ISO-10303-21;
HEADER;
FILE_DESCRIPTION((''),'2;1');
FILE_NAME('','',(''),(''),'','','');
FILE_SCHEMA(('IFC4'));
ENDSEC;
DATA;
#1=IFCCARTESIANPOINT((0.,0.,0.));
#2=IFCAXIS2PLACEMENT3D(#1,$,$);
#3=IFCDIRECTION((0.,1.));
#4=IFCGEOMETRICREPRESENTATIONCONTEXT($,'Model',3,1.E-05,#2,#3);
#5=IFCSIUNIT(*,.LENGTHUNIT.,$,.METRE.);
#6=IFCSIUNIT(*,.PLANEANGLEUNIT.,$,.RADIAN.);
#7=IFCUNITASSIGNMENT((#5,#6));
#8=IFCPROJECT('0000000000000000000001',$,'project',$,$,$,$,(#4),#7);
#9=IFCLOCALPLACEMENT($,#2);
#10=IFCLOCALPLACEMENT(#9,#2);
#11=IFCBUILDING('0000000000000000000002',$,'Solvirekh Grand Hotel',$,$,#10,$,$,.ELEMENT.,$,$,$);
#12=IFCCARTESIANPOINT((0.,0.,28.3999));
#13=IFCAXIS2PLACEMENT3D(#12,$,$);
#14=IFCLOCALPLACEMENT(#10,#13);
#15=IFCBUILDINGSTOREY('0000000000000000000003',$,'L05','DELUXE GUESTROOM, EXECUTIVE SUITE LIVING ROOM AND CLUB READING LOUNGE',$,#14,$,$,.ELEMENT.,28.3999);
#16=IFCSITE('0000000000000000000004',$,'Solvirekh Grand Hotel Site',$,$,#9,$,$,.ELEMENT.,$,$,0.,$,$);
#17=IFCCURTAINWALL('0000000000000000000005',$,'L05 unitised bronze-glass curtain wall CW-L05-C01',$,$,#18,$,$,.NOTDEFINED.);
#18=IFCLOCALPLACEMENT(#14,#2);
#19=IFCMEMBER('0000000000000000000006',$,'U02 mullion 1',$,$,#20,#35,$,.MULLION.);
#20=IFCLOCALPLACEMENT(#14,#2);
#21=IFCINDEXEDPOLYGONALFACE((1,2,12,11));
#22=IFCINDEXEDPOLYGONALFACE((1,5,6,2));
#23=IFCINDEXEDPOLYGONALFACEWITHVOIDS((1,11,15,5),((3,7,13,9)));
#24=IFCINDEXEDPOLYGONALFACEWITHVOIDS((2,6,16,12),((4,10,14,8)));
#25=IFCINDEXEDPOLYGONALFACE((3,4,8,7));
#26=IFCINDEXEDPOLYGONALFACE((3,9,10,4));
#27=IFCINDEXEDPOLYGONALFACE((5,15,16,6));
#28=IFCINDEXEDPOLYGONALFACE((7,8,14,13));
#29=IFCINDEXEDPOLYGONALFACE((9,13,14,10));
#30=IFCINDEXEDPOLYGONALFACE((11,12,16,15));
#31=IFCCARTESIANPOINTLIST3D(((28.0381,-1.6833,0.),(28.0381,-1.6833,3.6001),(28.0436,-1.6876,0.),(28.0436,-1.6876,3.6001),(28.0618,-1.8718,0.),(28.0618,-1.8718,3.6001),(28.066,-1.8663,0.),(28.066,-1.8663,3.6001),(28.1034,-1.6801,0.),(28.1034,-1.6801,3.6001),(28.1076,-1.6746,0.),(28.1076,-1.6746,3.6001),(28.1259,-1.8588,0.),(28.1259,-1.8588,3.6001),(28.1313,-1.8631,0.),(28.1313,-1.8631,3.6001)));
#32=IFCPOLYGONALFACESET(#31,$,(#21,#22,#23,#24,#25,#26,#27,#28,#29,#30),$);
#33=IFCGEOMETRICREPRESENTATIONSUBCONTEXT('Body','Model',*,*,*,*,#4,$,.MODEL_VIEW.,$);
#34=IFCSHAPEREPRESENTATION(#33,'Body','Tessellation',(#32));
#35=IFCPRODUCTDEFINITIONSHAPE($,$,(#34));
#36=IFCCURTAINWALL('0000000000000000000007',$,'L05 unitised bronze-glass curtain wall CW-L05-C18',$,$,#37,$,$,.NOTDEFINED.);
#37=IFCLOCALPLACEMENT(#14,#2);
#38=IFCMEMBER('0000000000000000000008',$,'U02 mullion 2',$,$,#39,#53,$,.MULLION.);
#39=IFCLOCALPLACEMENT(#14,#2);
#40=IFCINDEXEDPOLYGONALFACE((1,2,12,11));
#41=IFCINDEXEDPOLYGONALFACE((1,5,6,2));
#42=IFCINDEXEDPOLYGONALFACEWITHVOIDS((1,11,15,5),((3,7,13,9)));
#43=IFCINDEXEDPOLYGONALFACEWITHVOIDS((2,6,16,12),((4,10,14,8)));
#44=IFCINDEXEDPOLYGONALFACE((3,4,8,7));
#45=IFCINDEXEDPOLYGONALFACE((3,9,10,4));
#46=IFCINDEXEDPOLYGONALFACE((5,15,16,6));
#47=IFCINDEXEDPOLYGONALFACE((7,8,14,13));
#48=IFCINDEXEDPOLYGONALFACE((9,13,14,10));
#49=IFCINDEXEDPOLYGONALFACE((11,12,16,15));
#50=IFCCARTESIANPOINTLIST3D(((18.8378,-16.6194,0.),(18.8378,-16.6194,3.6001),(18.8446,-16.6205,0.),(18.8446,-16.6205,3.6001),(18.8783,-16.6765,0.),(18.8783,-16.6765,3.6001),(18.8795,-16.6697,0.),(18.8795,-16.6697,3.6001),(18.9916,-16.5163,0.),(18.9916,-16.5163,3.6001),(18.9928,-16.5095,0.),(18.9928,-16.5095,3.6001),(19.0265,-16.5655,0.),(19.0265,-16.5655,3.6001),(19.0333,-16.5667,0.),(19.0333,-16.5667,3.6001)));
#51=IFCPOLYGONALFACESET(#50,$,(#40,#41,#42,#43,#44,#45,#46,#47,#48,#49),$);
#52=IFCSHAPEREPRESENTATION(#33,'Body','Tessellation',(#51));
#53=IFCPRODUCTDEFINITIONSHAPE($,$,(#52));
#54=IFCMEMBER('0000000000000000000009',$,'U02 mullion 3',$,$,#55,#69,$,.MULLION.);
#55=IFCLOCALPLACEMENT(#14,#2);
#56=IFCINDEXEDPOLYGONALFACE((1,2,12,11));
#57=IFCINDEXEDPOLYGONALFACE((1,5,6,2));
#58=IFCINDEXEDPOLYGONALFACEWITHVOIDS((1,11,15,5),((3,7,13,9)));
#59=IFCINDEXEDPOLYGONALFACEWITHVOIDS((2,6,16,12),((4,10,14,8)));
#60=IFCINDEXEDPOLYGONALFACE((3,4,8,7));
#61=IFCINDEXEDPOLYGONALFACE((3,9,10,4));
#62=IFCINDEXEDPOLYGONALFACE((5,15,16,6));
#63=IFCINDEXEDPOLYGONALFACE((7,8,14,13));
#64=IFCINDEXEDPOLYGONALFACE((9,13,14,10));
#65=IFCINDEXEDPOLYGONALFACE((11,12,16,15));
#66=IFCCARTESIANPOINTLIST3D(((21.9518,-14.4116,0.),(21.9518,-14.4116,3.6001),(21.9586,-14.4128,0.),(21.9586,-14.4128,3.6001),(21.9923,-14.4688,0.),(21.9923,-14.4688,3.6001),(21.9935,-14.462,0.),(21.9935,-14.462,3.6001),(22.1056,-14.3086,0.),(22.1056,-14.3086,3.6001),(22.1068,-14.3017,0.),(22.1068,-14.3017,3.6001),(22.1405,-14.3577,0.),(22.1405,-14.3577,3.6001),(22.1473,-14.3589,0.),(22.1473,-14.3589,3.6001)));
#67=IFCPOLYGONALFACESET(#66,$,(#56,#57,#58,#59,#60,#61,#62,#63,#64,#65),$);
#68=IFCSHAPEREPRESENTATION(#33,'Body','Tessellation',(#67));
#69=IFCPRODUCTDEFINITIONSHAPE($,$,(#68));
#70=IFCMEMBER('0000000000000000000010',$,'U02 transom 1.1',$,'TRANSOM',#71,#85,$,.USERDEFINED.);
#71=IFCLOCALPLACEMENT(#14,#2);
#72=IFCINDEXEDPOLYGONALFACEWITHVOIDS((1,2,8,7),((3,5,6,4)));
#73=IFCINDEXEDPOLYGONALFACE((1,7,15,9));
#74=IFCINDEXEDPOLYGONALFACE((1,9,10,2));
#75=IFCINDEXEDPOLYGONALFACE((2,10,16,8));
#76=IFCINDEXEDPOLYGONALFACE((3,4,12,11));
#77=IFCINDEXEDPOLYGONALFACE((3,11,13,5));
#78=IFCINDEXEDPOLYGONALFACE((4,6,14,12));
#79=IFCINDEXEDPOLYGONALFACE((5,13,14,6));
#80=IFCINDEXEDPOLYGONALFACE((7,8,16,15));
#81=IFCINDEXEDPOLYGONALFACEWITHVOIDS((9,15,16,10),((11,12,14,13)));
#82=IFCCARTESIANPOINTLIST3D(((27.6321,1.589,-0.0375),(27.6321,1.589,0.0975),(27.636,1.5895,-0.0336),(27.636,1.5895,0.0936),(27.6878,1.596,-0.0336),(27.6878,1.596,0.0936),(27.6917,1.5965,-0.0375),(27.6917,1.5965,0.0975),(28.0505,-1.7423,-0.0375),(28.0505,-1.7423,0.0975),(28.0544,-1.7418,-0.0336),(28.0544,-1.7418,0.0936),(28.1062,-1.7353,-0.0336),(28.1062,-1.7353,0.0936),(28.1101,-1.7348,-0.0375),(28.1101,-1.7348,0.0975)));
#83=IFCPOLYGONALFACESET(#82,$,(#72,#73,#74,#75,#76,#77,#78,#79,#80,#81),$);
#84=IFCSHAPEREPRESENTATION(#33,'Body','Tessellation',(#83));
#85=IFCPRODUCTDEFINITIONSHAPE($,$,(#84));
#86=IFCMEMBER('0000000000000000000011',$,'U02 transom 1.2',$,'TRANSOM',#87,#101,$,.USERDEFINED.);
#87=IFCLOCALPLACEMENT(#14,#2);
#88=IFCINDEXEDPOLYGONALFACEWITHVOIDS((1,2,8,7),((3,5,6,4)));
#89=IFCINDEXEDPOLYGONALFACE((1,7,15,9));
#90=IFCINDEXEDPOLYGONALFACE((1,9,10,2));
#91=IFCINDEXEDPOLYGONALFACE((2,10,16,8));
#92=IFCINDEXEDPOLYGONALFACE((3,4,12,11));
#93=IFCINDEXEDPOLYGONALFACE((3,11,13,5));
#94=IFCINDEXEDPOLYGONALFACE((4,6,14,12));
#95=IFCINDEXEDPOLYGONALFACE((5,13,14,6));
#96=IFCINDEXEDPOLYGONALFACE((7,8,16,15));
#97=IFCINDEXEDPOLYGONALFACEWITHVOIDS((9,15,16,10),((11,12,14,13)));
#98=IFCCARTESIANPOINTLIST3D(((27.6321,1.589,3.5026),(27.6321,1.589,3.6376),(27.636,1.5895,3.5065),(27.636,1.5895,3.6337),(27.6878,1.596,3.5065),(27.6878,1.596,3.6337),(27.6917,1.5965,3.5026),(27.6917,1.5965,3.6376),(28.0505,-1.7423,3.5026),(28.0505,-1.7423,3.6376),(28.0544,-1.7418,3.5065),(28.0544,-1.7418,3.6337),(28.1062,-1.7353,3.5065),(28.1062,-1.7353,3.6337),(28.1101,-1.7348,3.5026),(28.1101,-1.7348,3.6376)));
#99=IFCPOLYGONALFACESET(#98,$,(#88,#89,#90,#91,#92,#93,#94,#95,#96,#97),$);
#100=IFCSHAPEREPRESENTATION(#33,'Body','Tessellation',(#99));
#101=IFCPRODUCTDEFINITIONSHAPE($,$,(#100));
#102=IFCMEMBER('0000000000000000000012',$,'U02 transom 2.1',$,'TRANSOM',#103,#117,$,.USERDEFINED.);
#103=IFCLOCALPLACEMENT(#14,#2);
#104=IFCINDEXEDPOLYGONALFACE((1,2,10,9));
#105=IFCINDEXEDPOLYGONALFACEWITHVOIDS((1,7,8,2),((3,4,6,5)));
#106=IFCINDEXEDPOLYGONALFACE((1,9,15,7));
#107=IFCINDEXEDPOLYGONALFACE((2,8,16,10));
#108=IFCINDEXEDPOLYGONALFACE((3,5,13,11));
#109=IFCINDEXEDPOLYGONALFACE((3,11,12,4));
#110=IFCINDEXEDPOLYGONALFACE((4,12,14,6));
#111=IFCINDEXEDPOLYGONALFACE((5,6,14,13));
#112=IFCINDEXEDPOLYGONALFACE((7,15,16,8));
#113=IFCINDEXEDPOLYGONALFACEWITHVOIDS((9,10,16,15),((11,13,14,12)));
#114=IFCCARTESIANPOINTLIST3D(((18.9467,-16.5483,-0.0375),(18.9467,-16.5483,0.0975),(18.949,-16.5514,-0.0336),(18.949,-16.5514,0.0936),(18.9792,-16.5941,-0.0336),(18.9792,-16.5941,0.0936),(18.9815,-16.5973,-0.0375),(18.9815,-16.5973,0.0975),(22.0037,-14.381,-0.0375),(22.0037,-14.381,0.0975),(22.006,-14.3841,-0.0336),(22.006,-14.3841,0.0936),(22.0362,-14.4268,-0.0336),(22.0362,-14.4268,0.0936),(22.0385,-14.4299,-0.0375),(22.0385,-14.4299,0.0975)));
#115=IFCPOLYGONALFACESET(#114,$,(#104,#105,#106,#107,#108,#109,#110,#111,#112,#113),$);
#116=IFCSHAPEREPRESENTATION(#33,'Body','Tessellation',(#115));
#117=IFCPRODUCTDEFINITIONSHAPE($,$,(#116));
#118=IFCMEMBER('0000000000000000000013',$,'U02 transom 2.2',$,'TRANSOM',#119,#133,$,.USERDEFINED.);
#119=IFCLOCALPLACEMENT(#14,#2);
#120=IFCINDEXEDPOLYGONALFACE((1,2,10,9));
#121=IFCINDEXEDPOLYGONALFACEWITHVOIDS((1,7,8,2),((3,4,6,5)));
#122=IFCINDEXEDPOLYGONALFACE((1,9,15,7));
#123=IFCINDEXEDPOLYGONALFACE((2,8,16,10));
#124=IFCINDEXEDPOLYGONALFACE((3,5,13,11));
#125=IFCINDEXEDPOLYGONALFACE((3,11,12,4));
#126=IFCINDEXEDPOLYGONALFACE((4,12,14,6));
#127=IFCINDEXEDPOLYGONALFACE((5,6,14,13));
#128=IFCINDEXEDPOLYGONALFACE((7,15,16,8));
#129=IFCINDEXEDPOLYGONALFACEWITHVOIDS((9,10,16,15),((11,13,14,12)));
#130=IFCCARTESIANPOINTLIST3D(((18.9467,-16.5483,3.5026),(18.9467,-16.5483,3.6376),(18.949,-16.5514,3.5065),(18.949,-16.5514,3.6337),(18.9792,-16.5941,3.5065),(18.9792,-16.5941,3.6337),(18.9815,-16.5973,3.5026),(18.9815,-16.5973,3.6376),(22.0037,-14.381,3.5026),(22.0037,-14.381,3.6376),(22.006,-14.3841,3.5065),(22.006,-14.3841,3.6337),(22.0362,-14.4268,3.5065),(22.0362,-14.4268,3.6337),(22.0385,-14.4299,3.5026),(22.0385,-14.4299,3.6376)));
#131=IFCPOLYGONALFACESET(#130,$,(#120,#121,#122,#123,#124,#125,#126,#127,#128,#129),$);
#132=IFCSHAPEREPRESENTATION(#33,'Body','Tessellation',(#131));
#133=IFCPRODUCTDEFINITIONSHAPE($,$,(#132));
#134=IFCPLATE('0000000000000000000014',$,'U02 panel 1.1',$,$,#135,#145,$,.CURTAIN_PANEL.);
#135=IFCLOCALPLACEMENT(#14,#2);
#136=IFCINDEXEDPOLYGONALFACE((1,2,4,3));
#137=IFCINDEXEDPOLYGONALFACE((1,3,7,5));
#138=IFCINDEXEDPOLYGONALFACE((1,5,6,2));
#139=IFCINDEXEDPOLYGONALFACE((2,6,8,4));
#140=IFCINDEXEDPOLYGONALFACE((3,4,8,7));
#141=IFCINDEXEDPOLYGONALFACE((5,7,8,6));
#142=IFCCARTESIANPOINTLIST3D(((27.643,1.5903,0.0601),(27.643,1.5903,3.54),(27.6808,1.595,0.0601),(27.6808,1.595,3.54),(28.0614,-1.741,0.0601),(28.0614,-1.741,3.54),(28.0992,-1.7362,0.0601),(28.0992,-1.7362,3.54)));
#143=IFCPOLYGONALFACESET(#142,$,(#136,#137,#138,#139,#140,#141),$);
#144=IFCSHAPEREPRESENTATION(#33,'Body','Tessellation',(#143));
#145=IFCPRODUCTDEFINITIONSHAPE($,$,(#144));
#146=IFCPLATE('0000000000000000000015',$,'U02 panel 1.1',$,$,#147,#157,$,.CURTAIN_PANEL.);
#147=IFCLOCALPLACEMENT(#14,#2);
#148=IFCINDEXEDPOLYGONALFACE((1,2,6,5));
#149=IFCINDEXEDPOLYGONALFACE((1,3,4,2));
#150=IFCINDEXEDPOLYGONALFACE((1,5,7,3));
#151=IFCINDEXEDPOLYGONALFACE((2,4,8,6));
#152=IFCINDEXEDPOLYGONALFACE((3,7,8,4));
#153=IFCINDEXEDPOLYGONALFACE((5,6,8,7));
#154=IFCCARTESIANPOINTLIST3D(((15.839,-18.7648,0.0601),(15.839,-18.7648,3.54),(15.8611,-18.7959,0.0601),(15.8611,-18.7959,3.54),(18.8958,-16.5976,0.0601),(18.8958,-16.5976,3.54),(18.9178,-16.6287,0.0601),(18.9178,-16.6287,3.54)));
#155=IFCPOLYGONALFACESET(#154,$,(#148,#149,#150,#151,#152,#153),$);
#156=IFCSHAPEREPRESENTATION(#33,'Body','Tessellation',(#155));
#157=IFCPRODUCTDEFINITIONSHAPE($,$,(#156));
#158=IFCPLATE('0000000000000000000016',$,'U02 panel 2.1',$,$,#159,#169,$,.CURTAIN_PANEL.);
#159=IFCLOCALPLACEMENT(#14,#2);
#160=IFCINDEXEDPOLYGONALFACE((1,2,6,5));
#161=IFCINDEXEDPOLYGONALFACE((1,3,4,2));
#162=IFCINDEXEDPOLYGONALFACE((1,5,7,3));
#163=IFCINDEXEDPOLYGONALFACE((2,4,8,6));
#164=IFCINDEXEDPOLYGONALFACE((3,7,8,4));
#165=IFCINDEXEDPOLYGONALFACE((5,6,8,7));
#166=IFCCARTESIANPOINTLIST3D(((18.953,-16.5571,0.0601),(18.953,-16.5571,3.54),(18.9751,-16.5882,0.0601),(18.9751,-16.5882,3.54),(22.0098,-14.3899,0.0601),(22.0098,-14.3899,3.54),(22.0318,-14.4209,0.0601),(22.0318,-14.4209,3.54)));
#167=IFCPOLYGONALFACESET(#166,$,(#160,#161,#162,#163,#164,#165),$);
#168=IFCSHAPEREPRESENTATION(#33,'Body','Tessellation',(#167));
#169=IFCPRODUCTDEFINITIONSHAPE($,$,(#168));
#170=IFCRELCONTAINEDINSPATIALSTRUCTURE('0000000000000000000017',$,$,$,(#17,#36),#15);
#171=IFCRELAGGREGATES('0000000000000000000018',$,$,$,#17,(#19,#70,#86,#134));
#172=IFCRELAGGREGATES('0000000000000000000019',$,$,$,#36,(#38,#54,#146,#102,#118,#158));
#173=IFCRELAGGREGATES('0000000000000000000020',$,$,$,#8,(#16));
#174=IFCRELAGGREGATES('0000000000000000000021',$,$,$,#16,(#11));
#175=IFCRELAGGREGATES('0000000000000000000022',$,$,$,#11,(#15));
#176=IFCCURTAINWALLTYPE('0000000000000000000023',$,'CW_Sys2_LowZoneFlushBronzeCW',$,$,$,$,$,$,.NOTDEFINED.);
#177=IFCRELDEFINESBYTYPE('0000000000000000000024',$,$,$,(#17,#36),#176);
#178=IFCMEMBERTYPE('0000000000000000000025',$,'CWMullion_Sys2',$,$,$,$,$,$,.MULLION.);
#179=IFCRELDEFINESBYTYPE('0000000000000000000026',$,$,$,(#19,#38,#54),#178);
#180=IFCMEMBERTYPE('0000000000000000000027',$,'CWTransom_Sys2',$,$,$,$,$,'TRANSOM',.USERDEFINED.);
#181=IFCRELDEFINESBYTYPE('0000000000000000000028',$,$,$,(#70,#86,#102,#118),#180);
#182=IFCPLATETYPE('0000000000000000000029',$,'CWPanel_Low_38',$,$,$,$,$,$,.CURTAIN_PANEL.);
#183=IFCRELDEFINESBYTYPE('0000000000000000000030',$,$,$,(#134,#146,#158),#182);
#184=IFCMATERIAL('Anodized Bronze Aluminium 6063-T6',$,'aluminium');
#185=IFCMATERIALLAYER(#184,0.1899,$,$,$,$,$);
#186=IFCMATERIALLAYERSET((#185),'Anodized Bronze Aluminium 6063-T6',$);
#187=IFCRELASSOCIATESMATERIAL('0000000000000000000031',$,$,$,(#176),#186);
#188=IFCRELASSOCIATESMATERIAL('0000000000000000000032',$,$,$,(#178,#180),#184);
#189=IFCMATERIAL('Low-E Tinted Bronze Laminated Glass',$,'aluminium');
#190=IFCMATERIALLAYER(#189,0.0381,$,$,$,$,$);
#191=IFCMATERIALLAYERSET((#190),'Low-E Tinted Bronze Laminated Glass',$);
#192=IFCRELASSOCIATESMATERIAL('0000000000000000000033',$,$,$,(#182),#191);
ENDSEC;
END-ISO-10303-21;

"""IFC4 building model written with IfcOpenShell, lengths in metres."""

from ifc_helpers import new_model, si_unit, direction, frame, origin, origin_2d, place, context, subcontext, project, spatial, rectangle, hollow_rectangle, extrude, source, transform, mapped, material, layer, layer_set, material_profile, profile_set, type_object, element, aggregate, save


model = new_model("IFC4")

# Units and contexts
model_context = context("Model", 3, precision=1e-05, world=origin(), true_north=direction((0.0, 1.0)))
body_context = subcontext(model_context, "Body", "Model", "MODEL_VIEW")
ifc_project = project(units=[si_unit("LENGTHUNIT", "METRE"), si_unit("PLANEANGLEUNIT", "RADIAN")], contexts=[model_context])

# Site, building, storey
site_placement = place(None, origin())
site = spatial("IfcSite", under=ifc_project, at=site_placement, Name="Solvirekh Grand Hotel Site", CompositionType="ELEMENT", RefElevation=0.0)
building_placement = place(site_placement, origin())
building = spatial("IfcBuilding", under=site, at=building_placement, Name="Solvirekh Grand Hotel", CompositionType="ELEMENT")
storey_placement = place(building_placement, frame((0.0, 0.0, 28.3999)))
storey = spatial("IfcBuildingStorey", under=building, at=storey_placement, Name="L05", Description="DELUXE GUESTROOM, EXECUTIVE SUITE LIVING ROOM AND CLUB READING LOUNGE", CompositionType="ELEMENT", Elevation=28.3999)

# Curtain wall, member
ifc_material_1 = material(Name="Anodized Bronze Aluminium 6063-T6", Category="aluminium")
ifc_layer_1 = layer(ifc_material_1, 0.1899)
ifc_layer_set_1 = layer_set([ifc_layer_1], Name="Anodized Bronze Aluminium 6063-T6")
curtain_wall_type = type_object("IfcCurtainWallType", Name="CW_Sys2_LowZoneFlushBronzeCW", PredefinedType="NOTDEFINED", material=ifc_layer_set_1)
curtain_wall_1_placement = place(storey_placement, origin())
curtain_wall_1 = element("IfcCurtainWall", 1, at=curtain_wall_1_placement, inside=storey, type_object=curtain_wall_type, Name="L05 unitised bronze-glass curtain wall CW-L05-C01", PredefinedType="NOTDEFINED")
ifc_material_profile_1 = material_profile(ifc_material_1, hollow_rectangle(XDim=0.0701, YDim=0.1899, WallThickness=0.0049, at=origin_2d()), Name="ALU RHS 190X70X5")
ifc_profile_set_1 = profile_set([ifc_material_profile_1], Name="Anodized Bronze Aluminium 6063-T6")
member_type_1 = type_object("IfcMemberType", Name="CWMullion_Sys2", PredefinedType="MULLION", material=ifc_profile_set_1)
shared_shape_1 = source(origin(), body_context, "Body", "SweptSolid", [
    extrude(hollow_rectangle(XDim=0.0701, YDim=0.1899, WallThickness=0.0049, at=origin_2d()), origin(), (0.0, 0.0, 1.0), 3.6001),
])
member_1_placement = place(storey_placement, frame((28.0847, -1.7732, 0.0), z_axis=(0.0, 0.0, 1.0), x_axis=(-0.992204, -0.124621, 0.0)))
member_1 = element("IfcMember", 2, at=member_1_placement, type_object=member_type_1, Name="U02 mullion 1", PredefinedType="MULLION", context=body_context, shape_type="MappedRepresentation", body=[
    mapped(shared_shape_1, transform((0.0, 0.0, 0.0), x_axis=(1.0, 0.0, 0.0), y_axis=(0.0, 1.0, 0.0), z_axis=(0.0, 0.0, 1.0), scale=1.0)),
])

# Curtain wall, members
curtain_wall_2_placement = place(storey_placement, origin())
curtain_wall_2 = element("IfcCurtainWall", 3, at=curtain_wall_2_placement, inside=storey, type_object=curtain_wall_type, Name="L05 unitised bronze-glass curtain wall CW-L05-C18", PredefinedType="NOTDEFINED")
member_2_placement = place(storey_placement, frame((18.9355, -16.593, 0.0), z_axis=(0.0, 0.0, 1.0), x_axis=(-0.578374, 0.815772, 0.0)))
member_2 = element("IfcMember", 4, at=member_2_placement, type_object=member_type_1, Name="U02 mullion 2", PredefinedType="MULLION", context=body_context, shape_type="MappedRepresentation", body=[
    mapped(shared_shape_1, transform((0.0, 0.0, 0.0), x_axis=(1.0, 0.0, 0.0), y_axis=(0.0, 1.0, 0.0), z_axis=(0.0, 0.0, 1.0), scale=1.0)),
])
member_3_placement = place(storey_placement, frame((22.0496, -14.3853, 0.0), z_axis=(0.0, 0.0, 1.0), x_axis=(-0.578374, 0.815772, 0.0)))
member_3 = element("IfcMember", 5, at=member_3_placement, type_object=member_type_1, Name="U02 mullion 3", PredefinedType="MULLION", context=body_context, shape_type="MappedRepresentation", body=[
    mapped(shared_shape_1, transform((0.0, 0.0, 0.0), x_axis=(1.0, 0.0, 0.0), y_axis=(0.0, 1.0, 0.0), z_axis=(0.0, 0.0, 1.0), scale=1.0)),
])

# Members
ifc_material_profile_2 = material_profile(ifc_material_1, hollow_rectangle(XDim=0.0601, YDim=0.135, WallThickness=0.0039, at=origin_2d()), Name="ALU RHS 135X60X4")
ifc_profile_set_2 = profile_set([ifc_material_profile_2], Name="Anodized Bronze Aluminium 6063-T6")
member_type_2 = type_object("IfcMemberType", Name="CWTransom_Sys2", ElementType="TRANSOM", PredefinedType="USERDEFINED", material=ifc_profile_set_2)
shared_shape_2 = source(origin(), body_context, "Body", "SweptSolid", [
    extrude(hollow_rectangle(XDim=0.0601, YDim=0.135, WallThickness=0.0039, at=origin_2d()), origin(), (0.0, 0.0, 1.0), 3.3574),
])
member_4_placement = place(storey_placement, frame((28.0803, -1.7385, 0.03), z_axis=(-0.124634, 0.992203, 0.0), x_axis=(-0.992203, -0.124634, 0.0)))
member_4 = element("IfcMember", 6, at=member_4_placement, type_object=member_type_2, Name="U02 transom 1.1", ObjectType="TRANSOM", PredefinedType="USERDEFINED", context=body_context, shape_type="MappedRepresentation", body=[
    mapped(shared_shape_2, transform((0.0, 0.0, 0.0), x_axis=(1.0, 0.0, 0.0), y_axis=(0.0, 1.0, 0.0), z_axis=(0.0, 0.0, 1.0), scale=1.0)),
])
member_5_placement = place(storey_placement, frame((28.0803, -1.7385, 3.5701), z_axis=(-0.124634, 0.992203, 0.0), x_axis=(-0.992203, -0.124634, 0.0)))
member_5 = element("IfcMember", 7, at=member_5_placement, type_object=member_type_2, Name="U02 transom 1.2", ObjectType="TRANSOM", PredefinedType="USERDEFINED", context=body_context, shape_type="MappedRepresentation", body=[
    mapped(shared_shape_2, transform((0.0, 0.0, 0.0), x_axis=(1.0, 0.0, 0.0), y_axis=(0.0, 1.0, 0.0), z_axis=(0.0, 0.0, 1.0), scale=1.0)),
])
shared_shape_3 = source(origin(), body_context, "Body", "SweptSolid", [
    extrude(hollow_rectangle(XDim=0.0601, YDim=0.135, WallThickness=0.0039, at=origin_2d()), origin(), (0.0, 0.0, 1.0), 3.7473),
])
member_6_placement = place(storey_placement, frame((18.9641, -16.5728, 0.03), z_axis=(0.81578, 0.578363, 0.0), x_axis=(-0.578363, 0.81578, 0.0)))
member_6 = element("IfcMember", 8, at=member_6_placement, type_object=member_type_2, Name="U02 transom 2.1", ObjectType="TRANSOM", PredefinedType="USERDEFINED", context=body_context, shape_type="MappedRepresentation", body=[
    mapped(shared_shape_3, transform((0.0, 0.0, 0.0), x_axis=(1.0, 0.0, 0.0), y_axis=(0.0, 1.0, 0.0), z_axis=(0.0, 0.0, 1.0), scale=1.0)),
])
member_7_placement = place(storey_placement, frame((18.9641, -16.5728, 3.5701), z_axis=(0.81578, 0.578363, 0.0), x_axis=(-0.578363, 0.81578, 0.0)))
member_7 = element("IfcMember", 9, at=member_7_placement, type_object=member_type_2, Name="U02 transom 2.2", ObjectType="TRANSOM", PredefinedType="USERDEFINED", context=body_context, shape_type="MappedRepresentation", body=[
    mapped(shared_shape_3, transform((0.0, 0.0, 0.0), x_axis=(1.0, 0.0, 0.0), y_axis=(0.0, 1.0, 0.0), z_axis=(0.0, 0.0, 1.0), scale=1.0)),
])

# Plates
ifc_material_2 = material(Name="Low-E Tinted Bronze Laminated Glass", Category="aluminium")
ifc_layer_2 = layer(ifc_material_2, 0.0381)
ifc_layer_set_2 = layer_set([ifc_layer_2], Name="Low-E Tinted Bronze Laminated Glass")
plate_type = type_object("IfcPlateType", Name="CWPanel_Low_38", PredefinedType="CURTAIN_PANEL", material=ifc_layer_set_2)
shared_shape_4 = source(origin(), body_context, "Body", "SweptSolid", [
    extrude(rectangle(XDim=3.3574, YDim=0.0381, at=origin_2d()), origin(), (0.0, 0.0, 1.0), 3.48),
])
plate_1_placement = place(storey_placement, frame((27.8711, -0.073, 0.0601), z_axis=(0.0, 0.0, 1.0), x_axis=(-0.124621, 0.992204, 0.0)))
plate_1 = element("IfcPlate", 10, at=plate_1_placement, type_object=plate_type, Name="U02 panel 1.1", PredefinedType="CURTAIN_PANEL", context=body_context, shape_type="MappedRepresentation", body=[
    mapped(shared_shape_4, transform((0.0, 0.0, 0.0), x_axis=(1.0, 0.0, 0.0), y_axis=(0.0, 1.0, 0.0), z_axis=(0.0, 0.0, 1.0), scale=1.0)),
])
aggregate(curtain_wall_1, [member_1, member_4, member_5, plate_1])
shared_shape_5 = source(origin(), body_context, "Body", "SweptSolid", [
    extrude(rectangle(XDim=3.7471, YDim=0.0381, at=origin_2d()), origin(), (0.0, 0.0, 1.0), 3.48),
])
plate_2_placement = place(storey_placement, frame((17.3784, -17.6968, 0.0601), z_axis=(0.0, 0.0, 1.0), x_axis=(0.815772, 0.578374, 0.0)))
plate_2 = element("IfcPlate", 11, at=plate_2_placement, type_object=plate_type, Name="U02 panel 1.1", PredefinedType="CURTAIN_PANEL", context=body_context, shape_type="MappedRepresentation", body=[
    mapped(shared_shape_5, transform((0.0, 0.0, 0.0), x_axis=(1.0, 0.0, 0.0), y_axis=(0.0, 1.0, 0.0), z_axis=(0.0, 0.0, 1.0), scale=1.0)),
])
plate_3_placement = place(storey_placement, frame((20.4924, -15.489, 0.0601), z_axis=(0.0, 0.0, 1.0), x_axis=(0.815772, 0.578374, 0.0)))
plate_3 = element("IfcPlate", 12, at=plate_3_placement, type_object=plate_type, Name="U02 panel 2.1", PredefinedType="CURTAIN_PANEL", context=body_context, shape_type="MappedRepresentation", body=[
    mapped(shared_shape_5, transform((0.0, 0.0, 0.0), x_axis=(1.0, 0.0, 0.0), y_axis=(0.0, 1.0, 0.0), z_axis=(0.0, 0.0, 1.0), scale=1.0)),
])
aggregate(curtain_wall_2, [member_2, member_3, plate_2, member_6, member_7, plate_3])

save(model, "model.ifc")
